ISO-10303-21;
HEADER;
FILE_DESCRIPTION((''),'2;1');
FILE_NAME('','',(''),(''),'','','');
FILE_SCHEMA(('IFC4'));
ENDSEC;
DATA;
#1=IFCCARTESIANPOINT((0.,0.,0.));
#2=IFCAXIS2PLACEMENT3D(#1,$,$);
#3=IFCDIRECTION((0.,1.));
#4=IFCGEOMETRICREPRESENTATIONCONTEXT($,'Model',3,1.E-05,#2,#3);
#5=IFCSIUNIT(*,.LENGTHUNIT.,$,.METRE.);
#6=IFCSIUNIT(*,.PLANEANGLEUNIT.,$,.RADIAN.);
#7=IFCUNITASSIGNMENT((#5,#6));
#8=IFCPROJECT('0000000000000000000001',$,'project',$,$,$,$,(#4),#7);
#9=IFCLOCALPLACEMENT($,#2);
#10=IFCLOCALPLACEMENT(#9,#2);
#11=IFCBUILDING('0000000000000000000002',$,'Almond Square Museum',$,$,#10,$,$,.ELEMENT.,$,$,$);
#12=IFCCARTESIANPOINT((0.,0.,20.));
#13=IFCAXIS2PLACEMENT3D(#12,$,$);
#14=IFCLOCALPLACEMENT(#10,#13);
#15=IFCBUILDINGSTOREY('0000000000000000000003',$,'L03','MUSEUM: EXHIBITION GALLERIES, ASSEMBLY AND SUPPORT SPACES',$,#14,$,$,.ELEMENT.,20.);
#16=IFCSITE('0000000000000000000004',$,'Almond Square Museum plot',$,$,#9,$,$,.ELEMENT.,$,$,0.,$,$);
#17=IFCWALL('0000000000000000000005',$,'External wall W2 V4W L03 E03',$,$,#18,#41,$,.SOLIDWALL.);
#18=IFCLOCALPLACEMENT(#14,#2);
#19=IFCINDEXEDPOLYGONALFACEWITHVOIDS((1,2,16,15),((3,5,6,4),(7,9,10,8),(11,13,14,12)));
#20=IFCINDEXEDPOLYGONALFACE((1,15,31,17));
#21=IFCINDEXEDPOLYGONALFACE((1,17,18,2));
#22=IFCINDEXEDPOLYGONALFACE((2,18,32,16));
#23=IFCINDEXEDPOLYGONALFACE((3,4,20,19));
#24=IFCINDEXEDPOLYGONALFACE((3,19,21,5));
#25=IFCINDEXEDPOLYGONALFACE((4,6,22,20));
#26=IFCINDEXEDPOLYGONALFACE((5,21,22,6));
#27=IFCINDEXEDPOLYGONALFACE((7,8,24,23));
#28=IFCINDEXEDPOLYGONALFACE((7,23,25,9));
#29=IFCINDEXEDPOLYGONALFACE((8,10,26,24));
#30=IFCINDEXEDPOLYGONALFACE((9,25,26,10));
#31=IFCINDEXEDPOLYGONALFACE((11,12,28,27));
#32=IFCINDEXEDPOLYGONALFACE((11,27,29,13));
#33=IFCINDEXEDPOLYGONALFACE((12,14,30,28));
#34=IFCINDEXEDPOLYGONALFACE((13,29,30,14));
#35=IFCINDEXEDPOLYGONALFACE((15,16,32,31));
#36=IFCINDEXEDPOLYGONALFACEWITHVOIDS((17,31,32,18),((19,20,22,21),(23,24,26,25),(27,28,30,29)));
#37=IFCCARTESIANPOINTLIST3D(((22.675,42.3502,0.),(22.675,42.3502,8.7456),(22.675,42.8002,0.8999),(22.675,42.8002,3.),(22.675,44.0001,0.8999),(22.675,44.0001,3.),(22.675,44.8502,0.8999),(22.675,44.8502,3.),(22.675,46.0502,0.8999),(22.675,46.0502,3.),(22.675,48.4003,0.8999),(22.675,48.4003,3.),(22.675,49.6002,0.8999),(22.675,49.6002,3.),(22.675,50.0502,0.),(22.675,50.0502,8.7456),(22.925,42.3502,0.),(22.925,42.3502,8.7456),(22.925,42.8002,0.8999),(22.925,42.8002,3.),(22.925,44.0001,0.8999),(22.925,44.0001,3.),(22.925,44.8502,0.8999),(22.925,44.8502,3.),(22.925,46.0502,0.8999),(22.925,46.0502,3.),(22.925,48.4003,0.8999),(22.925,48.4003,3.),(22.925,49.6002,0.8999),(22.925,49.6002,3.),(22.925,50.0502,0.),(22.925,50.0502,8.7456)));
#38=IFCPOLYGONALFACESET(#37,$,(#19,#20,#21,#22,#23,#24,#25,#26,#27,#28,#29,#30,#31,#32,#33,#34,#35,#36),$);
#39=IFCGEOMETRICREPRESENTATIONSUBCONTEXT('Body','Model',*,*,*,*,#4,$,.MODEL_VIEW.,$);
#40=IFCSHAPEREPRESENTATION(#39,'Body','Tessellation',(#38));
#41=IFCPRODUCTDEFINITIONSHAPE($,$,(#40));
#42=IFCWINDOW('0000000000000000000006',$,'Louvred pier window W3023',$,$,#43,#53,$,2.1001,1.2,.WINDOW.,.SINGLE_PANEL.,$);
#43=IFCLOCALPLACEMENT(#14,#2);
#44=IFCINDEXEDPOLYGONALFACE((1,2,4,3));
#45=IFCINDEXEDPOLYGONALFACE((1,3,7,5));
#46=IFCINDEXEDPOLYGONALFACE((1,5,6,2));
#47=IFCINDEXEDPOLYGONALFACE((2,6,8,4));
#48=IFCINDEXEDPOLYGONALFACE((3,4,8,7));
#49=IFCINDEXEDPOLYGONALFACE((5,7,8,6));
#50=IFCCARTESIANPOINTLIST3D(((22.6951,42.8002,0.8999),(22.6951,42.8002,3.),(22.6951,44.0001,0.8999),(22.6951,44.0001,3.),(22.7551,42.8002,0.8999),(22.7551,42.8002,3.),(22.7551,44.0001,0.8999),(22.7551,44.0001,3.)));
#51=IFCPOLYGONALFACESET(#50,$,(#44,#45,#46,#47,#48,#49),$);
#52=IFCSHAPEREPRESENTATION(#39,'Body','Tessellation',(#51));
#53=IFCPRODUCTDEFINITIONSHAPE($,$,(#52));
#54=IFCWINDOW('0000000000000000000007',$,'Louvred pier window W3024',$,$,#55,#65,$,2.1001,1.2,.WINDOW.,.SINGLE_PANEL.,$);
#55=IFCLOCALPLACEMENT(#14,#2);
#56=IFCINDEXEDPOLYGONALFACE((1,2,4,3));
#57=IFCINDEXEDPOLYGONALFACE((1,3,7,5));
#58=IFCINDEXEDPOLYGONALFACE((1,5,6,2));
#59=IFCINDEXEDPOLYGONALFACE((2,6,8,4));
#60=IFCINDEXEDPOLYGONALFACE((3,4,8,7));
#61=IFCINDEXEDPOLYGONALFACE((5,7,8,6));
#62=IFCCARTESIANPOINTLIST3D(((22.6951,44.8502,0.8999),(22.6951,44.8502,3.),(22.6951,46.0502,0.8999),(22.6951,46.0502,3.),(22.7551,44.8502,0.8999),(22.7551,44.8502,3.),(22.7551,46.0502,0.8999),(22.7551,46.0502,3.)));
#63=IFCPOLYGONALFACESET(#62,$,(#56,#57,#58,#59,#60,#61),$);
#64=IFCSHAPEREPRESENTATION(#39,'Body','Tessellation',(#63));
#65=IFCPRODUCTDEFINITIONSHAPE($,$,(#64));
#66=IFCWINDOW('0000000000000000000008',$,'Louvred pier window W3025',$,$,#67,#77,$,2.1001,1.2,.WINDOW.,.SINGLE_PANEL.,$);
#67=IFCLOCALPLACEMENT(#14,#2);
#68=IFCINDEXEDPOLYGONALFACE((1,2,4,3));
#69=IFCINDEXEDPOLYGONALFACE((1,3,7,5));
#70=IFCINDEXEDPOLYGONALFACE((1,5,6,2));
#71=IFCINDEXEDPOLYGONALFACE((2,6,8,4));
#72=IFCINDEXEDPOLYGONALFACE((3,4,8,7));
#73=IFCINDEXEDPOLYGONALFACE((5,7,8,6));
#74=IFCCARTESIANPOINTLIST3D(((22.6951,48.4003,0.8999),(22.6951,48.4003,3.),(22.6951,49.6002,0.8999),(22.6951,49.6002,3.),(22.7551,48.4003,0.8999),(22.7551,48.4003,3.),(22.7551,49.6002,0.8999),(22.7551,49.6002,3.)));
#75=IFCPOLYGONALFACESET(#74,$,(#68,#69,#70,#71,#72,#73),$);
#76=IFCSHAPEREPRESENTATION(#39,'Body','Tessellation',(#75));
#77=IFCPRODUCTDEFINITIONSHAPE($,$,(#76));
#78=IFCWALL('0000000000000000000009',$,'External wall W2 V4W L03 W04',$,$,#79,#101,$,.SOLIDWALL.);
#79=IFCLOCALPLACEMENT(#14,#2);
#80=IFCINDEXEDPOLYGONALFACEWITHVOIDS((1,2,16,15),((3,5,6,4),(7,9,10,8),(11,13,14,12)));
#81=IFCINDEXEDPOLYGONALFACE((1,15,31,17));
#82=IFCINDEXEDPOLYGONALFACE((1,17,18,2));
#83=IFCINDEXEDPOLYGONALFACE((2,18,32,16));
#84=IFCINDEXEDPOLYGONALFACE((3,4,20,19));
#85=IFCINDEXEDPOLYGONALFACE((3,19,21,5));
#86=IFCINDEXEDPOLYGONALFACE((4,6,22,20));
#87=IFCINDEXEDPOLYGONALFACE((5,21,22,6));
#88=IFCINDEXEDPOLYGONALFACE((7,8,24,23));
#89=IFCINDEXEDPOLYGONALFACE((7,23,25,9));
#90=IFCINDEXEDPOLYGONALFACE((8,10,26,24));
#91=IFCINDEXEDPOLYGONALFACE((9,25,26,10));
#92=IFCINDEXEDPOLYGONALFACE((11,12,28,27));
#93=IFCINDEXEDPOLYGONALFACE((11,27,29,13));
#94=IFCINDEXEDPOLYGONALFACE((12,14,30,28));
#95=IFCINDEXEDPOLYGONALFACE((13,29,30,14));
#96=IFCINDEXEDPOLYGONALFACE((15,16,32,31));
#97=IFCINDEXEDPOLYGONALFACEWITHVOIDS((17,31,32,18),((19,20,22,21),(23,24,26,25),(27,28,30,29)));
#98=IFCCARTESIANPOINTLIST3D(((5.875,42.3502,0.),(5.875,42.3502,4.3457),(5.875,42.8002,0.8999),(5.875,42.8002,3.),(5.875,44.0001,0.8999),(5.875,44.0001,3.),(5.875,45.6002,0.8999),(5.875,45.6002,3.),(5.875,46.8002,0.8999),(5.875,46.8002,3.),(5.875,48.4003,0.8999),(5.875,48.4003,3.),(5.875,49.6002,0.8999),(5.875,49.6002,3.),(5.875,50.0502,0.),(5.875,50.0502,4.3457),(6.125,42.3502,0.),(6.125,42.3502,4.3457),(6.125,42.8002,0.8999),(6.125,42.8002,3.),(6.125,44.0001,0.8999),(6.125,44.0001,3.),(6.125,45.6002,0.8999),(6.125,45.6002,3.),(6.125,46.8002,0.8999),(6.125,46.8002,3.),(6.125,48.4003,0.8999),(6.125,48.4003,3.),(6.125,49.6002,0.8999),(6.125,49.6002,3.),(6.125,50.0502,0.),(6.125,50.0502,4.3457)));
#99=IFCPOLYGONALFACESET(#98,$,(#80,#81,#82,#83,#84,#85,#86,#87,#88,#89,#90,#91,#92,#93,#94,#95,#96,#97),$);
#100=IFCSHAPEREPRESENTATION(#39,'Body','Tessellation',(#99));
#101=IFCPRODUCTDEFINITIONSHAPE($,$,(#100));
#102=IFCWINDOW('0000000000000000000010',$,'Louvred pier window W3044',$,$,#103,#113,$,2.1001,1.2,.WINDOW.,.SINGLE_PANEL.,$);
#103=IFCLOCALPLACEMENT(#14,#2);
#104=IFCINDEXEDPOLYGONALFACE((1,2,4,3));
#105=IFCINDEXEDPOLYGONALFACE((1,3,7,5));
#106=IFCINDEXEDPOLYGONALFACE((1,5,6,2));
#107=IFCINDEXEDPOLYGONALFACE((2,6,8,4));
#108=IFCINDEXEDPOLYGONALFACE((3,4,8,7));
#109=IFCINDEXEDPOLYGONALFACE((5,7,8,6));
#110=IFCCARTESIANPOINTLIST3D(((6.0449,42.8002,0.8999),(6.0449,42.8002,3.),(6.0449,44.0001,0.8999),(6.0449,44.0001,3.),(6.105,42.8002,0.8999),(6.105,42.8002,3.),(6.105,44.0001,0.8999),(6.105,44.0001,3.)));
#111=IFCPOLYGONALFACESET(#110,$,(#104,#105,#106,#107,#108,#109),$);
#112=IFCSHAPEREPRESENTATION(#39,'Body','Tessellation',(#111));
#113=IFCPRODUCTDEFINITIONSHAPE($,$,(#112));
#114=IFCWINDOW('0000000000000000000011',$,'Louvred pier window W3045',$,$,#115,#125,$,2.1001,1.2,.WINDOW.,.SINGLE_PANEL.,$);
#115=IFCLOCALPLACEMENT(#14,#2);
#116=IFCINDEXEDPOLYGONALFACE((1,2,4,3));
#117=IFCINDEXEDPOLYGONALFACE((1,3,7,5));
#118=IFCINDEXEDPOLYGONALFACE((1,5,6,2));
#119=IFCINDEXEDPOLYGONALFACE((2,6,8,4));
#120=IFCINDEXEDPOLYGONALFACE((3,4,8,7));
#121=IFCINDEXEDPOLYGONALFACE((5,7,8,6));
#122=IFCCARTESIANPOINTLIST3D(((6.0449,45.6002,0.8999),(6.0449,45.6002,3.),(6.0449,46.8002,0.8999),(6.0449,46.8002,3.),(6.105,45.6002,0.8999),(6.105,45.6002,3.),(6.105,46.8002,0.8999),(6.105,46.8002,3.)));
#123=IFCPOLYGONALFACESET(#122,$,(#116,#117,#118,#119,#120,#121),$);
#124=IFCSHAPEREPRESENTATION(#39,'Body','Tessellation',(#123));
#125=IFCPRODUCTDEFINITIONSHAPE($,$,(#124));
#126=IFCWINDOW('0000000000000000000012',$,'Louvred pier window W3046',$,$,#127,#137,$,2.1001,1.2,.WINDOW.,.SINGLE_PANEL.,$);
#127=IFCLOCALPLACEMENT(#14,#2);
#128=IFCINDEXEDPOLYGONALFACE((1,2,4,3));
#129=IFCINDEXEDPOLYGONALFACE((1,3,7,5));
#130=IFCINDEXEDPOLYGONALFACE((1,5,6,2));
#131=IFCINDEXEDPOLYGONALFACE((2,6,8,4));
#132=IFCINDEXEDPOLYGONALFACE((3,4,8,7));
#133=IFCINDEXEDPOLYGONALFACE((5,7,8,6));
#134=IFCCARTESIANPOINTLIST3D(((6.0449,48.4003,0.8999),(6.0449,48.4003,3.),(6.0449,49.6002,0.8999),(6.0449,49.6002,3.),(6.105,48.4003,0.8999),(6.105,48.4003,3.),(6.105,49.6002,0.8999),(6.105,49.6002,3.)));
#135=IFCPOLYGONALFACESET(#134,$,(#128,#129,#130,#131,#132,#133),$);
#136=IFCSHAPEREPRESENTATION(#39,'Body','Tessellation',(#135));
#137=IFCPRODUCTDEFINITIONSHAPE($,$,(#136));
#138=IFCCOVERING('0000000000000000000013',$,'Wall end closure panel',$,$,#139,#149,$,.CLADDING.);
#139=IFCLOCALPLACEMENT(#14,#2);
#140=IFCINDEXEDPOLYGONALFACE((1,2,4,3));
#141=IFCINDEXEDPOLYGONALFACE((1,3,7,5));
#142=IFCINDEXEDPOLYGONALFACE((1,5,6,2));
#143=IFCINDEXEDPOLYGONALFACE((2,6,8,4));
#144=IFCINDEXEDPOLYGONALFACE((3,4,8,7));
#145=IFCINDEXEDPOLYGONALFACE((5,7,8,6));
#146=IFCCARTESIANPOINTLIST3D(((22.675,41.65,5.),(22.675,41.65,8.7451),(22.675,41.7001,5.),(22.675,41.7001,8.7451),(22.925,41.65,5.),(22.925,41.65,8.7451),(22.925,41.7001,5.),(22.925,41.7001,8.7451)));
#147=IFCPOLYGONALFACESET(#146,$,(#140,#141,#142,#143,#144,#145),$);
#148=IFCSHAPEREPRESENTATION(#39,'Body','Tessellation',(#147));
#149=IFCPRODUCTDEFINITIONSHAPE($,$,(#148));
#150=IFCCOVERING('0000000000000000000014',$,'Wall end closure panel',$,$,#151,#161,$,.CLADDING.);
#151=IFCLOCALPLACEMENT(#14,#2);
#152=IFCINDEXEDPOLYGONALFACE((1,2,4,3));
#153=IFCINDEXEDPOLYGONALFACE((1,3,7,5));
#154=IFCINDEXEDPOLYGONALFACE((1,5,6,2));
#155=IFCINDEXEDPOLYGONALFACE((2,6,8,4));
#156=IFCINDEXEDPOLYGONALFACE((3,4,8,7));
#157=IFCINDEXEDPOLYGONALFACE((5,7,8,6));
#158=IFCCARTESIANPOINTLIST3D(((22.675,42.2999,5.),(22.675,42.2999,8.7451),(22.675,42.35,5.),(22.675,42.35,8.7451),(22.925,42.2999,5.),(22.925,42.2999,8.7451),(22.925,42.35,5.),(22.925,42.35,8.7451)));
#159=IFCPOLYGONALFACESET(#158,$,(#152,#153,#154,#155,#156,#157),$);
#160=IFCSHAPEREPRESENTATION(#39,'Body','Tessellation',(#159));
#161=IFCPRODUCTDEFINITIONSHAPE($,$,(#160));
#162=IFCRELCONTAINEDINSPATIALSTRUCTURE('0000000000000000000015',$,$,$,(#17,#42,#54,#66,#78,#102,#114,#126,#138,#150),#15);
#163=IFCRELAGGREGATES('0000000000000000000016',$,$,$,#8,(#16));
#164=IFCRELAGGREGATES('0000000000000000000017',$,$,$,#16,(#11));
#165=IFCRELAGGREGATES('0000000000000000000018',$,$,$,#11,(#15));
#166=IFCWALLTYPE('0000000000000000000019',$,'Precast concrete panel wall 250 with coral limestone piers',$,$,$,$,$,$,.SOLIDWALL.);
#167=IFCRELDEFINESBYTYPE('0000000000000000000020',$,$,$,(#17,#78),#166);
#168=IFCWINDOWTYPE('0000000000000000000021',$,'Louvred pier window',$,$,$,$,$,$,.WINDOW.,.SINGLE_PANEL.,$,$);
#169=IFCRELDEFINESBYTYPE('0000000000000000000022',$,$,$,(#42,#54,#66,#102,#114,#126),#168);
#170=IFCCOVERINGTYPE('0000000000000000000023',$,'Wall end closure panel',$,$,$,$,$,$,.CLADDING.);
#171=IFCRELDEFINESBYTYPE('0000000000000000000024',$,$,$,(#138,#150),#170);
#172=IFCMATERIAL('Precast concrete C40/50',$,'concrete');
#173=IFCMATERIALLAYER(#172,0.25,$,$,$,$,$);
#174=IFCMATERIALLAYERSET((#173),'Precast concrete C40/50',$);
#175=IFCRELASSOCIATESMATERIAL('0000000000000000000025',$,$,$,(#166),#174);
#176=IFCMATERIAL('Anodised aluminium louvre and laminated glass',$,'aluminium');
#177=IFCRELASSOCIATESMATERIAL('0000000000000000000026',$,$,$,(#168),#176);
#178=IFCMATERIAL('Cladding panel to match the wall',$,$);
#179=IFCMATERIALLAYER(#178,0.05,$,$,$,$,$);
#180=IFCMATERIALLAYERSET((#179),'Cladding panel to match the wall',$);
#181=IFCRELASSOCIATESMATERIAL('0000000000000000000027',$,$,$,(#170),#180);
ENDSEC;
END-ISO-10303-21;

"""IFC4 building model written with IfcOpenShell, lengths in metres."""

from ifc_helpers import new_model, si_unit, direction, frame, frame_2d, origin, origin_2d, place, context, subcontext, project, spatial, rectangle, extrude, material, layer, layer_set, type_object, element, fill, save


model = new_model("IFC4")

# Units and contexts
model_context = context("Model", 3, precision=1e-05, world=origin(), true_north=direction((0.0, 1.0)))
body_context = subcontext(model_context, "Body", "Model", "MODEL_VIEW")
ifc_project = project(units=[si_unit("LENGTHUNIT", "METRE"), si_unit("PLANEANGLEUNIT", "RADIAN")], contexts=[model_context])

# Site, building, storey
site_placement = place(None, origin())
site = spatial("IfcSite", under=ifc_project, at=site_placement, Name="Almond Square Museum plot", CompositionType="ELEMENT", RefElevation=0.0)
building_placement = place(site_placement, origin())
building = spatial("IfcBuilding", under=site, at=building_placement, Name="Almond Square Museum", CompositionType="ELEMENT")
storey_placement = place(building_placement, frame((0.0, 0.0, 20.0)))
storey = spatial("IfcBuildingStorey", under=building, at=storey_placement, Name="L03", Description="MUSEUM: EXHIBITION GALLERIES, ASSEMBLY AND SUPPORT SPACES", CompositionType="ELEMENT", Elevation=20.0)

# Walls, openings, windows
ifc_material_1 = material(Name="Precast concrete C40/50", Category="concrete")
ifc_layer_1 = layer(ifc_material_1, 0.25)
ifc_layer_set_1 = layer_set([ifc_layer_1], Name="Precast concrete C40/50")
wall_type_1 = type_object("IfcWallType", Name="Precast concrete panel wall 250 with coral limestone piers", PredefinedType="SOLIDWALL", material=ifc_layer_set_1)
wall_1_placement = place(storey_placement, frame((22.8, 42.3501, 0.0), z_axis=(0.0, 0.0, 1.0), x_axis=(0.0, 1.0, 0.0)))
wall_1 = element("IfcWall", 1, at=wall_1_placement, inside=storey, type_object=wall_type_1, Name="External wall W2 V4W L03 E03", PredefinedType="SOLIDWALL", context=body_context, shape_type="SweptSolid", body=[
    extrude(rectangle(XDim=7.7, YDim=0.25, at=frame_2d((3.8501, 0.0))), origin(), (0.0, 0.0, 1.0), 8.7456),
])
opening_1_placement = place(wall_1_placement, frame((0.45, 0.0, 0.8999)))
opening_1 = element("IfcOpeningElement", 2, at=opening_1_placement, cuts=wall_1, PredefinedType="OPENING", context=body_context, shape_type="SweptSolid", body=[
    extrude(rectangle(XDim=1.2, YDim=2.1001, at=frame_2d((0.6001, 1.05))), frame((0.0, 0.135, 0.0), z_axis=(0.0, -1.0, 0.0), x_axis=(1.0, 0.0, 0.0)), (0.0, 0.0, 1.0), 0.27),
])
opening_2_placement = place(wall_1_placement, frame((2.5, 0.0, 0.8999)))
opening_2 = element("IfcOpeningElement", 3, at=opening_2_placement, cuts=wall_1, PredefinedType="OPENING", context=body_context, shape_type="SweptSolid", body=[
    extrude(rectangle(XDim=1.2, YDim=2.1001, at=frame_2d((0.6001, 1.05))), frame((0.0, 0.135, 0.0), z_axis=(0.0, -1.0, 0.0), x_axis=(1.0, 0.0, 0.0)), (0.0, 0.0, 1.0), 0.27),
])
opening_3_placement = place(wall_1_placement, frame((6.05, 0.0, 0.8999)))
opening_3 = element("IfcOpeningElement", 4, at=opening_3_placement, cuts=wall_1, PredefinedType="OPENING", context=body_context, shape_type="SweptSolid", body=[
    extrude(rectangle(XDim=1.2, YDim=2.1001, at=frame_2d((0.6001, 1.05))), frame((0.0, 0.135, 0.0), z_axis=(0.0, -1.0, 0.0), x_axis=(1.0, 0.0, 0.0)), (0.0, 0.0, 1.0), 0.27),
])
ifc_material_2 = material(Name="Anodised aluminium louvre and laminated glass", Category="aluminium")
window_type = type_object("IfcWindowType", Name="Louvred pier window", PartitioningType="SINGLE_PANEL", PredefinedType="WINDOW", material=ifc_material_2)
window_1_placement = place(opening_1_placement, origin())
window_1 = element("IfcWindow", 5, at=window_1_placement, inside=storey, type_object=window_type, Name="Louvred pier window W3023", OverallHeight=2.1001, OverallWidth=1.2, PartitioningType="SINGLE_PANEL", PredefinedType="WINDOW", context=body_context, shape_type="SweptSolid", body=[
    extrude(rectangle(XDim=1.2, YDim=2.1001, at=frame_2d((0.6001, 1.05))), frame((0.0, 0.105, 0.0), z_axis=(0.0, -1.0, 0.0), x_axis=(1.0, 0.0, 0.0)), (0.0, 0.0, 1.0), 0.0601),
])
fill(opening_1, window_1)
window_2_placement = place(opening_2_placement, origin())
window_2 = element("IfcWindow", 6, at=window_2_placement, inside=storey, type_object=window_type, Name="Louvred pier window W3024", OverallHeight=2.1001, OverallWidth=1.2, PartitioningType="SINGLE_PANEL", PredefinedType="WINDOW", context=body_context, shape_type="SweptSolid", body=[
    extrude(rectangle(XDim=1.2, YDim=2.1001, at=frame_2d((0.6001, 1.05))), frame((0.0, 0.105, 0.0), z_axis=(0.0, -1.0, 0.0), x_axis=(1.0, 0.0, 0.0)), (0.0, 0.0, 1.0), 0.0601),
])
fill(opening_2, window_2)
window_3_placement = place(opening_3_placement, origin())
window_3 = element("IfcWindow", 7, at=window_3_placement, inside=storey, type_object=window_type, Name="Louvred pier window W3025", OverallHeight=2.1001, OverallWidth=1.2, PartitioningType="SINGLE_PANEL", PredefinedType="WINDOW", context=body_context, shape_type="SweptSolid", body=[
    extrude(rectangle(XDim=1.2, YDim=2.1001, at=frame_2d((0.6001, 1.05))), frame((0.0, 0.105, 0.0), z_axis=(0.0, -1.0, 0.0), x_axis=(1.0, 0.0, 0.0)), (0.0, 0.0, 1.0), 0.0601),
])
fill(opening_3, window_3)
wall_2_placement = place(storey_placement, frame((6.0, 42.3501, 0.0), z_axis=(0.0, 0.0, 1.0), x_axis=(0.0, 1.0, 0.0)))
wall_2 = element("IfcWall", 8, at=wall_2_placement, inside=storey, type_object=wall_type_1, Name="External wall W2 V4W L03 W04", PredefinedType="SOLIDWALL", context=body_context, shape_type="SweptSolid", body=[
    extrude(rectangle(XDim=7.7, YDim=0.25, at=frame_2d((3.8501, 0.0))), origin(), (0.0, 0.0, 1.0), 4.3457),
])
opening_4_placement = place(wall_2_placement, frame((0.45, 0.0, 0.8999)))
opening_4 = element("IfcOpeningElement", 9, at=opening_4_placement, cuts=wall_2, PredefinedType="OPENING", context=body_context, shape_type="SweptSolid", body=[
    extrude(rectangle(XDim=1.2, YDim=2.1001, at=frame_2d((0.6001, 1.05))), frame((0.0, 0.135, 0.0), z_axis=(0.0, -1.0, 0.0), x_axis=(1.0, 0.0, 0.0)), (0.0, 0.0, 1.0), 0.27),
])
opening_5_placement = place(wall_2_placement, frame((3.25, 0.0, 0.8999)))
opening_5 = element("IfcOpeningElement", 10, at=opening_5_placement, cuts=wall_2, PredefinedType="OPENING", context=body_context, shape_type="SweptSolid", body=[
    extrude(rectangle(XDim=1.2, YDim=2.1001, at=frame_2d((0.6001, 1.05))), frame((0.0, 0.135, 0.0), z_axis=(0.0, -1.0, 0.0), x_axis=(1.0, 0.0, 0.0)), (0.0, 0.0, 1.0), 0.27),
])
opening_6_placement = place(wall_2_placement, frame((6.05, 0.0, 0.8999)))
opening_6 = element("IfcOpeningElement", 11, at=opening_6_placement, cuts=wall_2, PredefinedType="OPENING", context=body_context, shape_type="SweptSolid", body=[
    extrude(rectangle(XDim=1.2, YDim=2.1001, at=frame_2d((0.6001, 1.05))), frame((0.0, 0.135, 0.0), z_axis=(0.0, -1.0, 0.0), x_axis=(1.0, 0.0, 0.0)), (0.0, 0.0, 1.0), 0.27),
])
window_4_placement = place(opening_4_placement, origin())
window_4 = element("IfcWindow", 12, at=window_4_placement, inside=storey, type_object=window_type, Name="Louvred pier window W3044", OverallHeight=2.1001, OverallWidth=1.2, PartitioningType="SINGLE_PANEL", PredefinedType="WINDOW", context=body_context, shape_type="SweptSolid", body=[
    extrude(rectangle(XDim=1.2, YDim=2.1001, at=frame_2d((0.6001, 1.05))), frame((0.0, -0.0449, 0.0), z_axis=(0.0, -1.0, 0.0), x_axis=(1.0, 0.0, 0.0)), (0.0, 0.0, 1.0), 0.0601),
])
fill(opening_4, window_4)
window_5_placement = place(opening_5_placement, origin())
window_5 = element("IfcWindow", 13, at=window_5_placement, inside=storey, type_object=window_type, Name="Louvred pier window W3045", OverallHeight=2.1001, OverallWidth=1.2, PartitioningType="SINGLE_PANEL", PredefinedType="WINDOW", context=body_context, shape_type="SweptSolid", body=[
    extrude(rectangle(XDim=1.2, YDim=2.1001, at=frame_2d((0.6001, 1.05))), frame((0.0, -0.0449, 0.0), z_axis=(0.0, -1.0, 0.0), x_axis=(1.0, 0.0, 0.0)), (0.0, 0.0, 1.0), 0.0601),
])
fill(opening_5, window_5)
window_6_placement = place(opening_6_placement, origin())
window_6 = element("IfcWindow", 14, at=window_6_placement, inside=storey, type_object=window_type, Name="Louvred pier window W3046", OverallHeight=2.1001, OverallWidth=1.2, PartitioningType="SINGLE_PANEL", PredefinedType="WINDOW", context=body_context, shape_type="SweptSolid", body=[
    extrude(rectangle(XDim=1.2, YDim=2.1001, at=frame_2d((0.6001, 1.05))), frame((0.0, -0.0449, 0.0), z_axis=(0.0, -1.0, 0.0), x_axis=(1.0, 0.0, 0.0)), (0.0, 0.0, 1.0), 0.0601),
])
fill(opening_6, window_6)

# Coverings
ifc_material_3 = material(Name="Cladding panel to match the wall")
ifc_layer_2 = layer(ifc_material_3, 0.05)
ifc_layer_set_2 = layer_set([ifc_layer_2], Name="Cladding panel to match the wall")
covering_type = type_object("IfcCoveringType", Name="Wall end closure panel", PredefinedType="CLADDING", material=ifc_layer_set_2)
for number, where, z_axis, x_axis, name in (
    (15, (22.8, 41.675, 5.0), (0.0, 0.0, 1.0), (1.0, 0.0, 0.0), "Wall end closure panel"),
    (16, (22.8, 42.325, 5.0), (0.0, 0.0, 1.0), (1.0, 0.0, 0.0), "Wall end closure panel"),
):
    element("IfcCovering", number, at=place(storey_placement, frame(where, z_axis=z_axis, x_axis=x_axis)), inside=storey, type_object=covering_type, Name=name, PredefinedType="CLADDING", context=body_context, shape_type="SweptSolid", body=[
        extrude(rectangle(XDim=0.25, YDim=0.05, at=origin_2d()), origin(), (0.0, 0.0, 1.0), 3.7451),
    ])

save(model, "model.ifc")
